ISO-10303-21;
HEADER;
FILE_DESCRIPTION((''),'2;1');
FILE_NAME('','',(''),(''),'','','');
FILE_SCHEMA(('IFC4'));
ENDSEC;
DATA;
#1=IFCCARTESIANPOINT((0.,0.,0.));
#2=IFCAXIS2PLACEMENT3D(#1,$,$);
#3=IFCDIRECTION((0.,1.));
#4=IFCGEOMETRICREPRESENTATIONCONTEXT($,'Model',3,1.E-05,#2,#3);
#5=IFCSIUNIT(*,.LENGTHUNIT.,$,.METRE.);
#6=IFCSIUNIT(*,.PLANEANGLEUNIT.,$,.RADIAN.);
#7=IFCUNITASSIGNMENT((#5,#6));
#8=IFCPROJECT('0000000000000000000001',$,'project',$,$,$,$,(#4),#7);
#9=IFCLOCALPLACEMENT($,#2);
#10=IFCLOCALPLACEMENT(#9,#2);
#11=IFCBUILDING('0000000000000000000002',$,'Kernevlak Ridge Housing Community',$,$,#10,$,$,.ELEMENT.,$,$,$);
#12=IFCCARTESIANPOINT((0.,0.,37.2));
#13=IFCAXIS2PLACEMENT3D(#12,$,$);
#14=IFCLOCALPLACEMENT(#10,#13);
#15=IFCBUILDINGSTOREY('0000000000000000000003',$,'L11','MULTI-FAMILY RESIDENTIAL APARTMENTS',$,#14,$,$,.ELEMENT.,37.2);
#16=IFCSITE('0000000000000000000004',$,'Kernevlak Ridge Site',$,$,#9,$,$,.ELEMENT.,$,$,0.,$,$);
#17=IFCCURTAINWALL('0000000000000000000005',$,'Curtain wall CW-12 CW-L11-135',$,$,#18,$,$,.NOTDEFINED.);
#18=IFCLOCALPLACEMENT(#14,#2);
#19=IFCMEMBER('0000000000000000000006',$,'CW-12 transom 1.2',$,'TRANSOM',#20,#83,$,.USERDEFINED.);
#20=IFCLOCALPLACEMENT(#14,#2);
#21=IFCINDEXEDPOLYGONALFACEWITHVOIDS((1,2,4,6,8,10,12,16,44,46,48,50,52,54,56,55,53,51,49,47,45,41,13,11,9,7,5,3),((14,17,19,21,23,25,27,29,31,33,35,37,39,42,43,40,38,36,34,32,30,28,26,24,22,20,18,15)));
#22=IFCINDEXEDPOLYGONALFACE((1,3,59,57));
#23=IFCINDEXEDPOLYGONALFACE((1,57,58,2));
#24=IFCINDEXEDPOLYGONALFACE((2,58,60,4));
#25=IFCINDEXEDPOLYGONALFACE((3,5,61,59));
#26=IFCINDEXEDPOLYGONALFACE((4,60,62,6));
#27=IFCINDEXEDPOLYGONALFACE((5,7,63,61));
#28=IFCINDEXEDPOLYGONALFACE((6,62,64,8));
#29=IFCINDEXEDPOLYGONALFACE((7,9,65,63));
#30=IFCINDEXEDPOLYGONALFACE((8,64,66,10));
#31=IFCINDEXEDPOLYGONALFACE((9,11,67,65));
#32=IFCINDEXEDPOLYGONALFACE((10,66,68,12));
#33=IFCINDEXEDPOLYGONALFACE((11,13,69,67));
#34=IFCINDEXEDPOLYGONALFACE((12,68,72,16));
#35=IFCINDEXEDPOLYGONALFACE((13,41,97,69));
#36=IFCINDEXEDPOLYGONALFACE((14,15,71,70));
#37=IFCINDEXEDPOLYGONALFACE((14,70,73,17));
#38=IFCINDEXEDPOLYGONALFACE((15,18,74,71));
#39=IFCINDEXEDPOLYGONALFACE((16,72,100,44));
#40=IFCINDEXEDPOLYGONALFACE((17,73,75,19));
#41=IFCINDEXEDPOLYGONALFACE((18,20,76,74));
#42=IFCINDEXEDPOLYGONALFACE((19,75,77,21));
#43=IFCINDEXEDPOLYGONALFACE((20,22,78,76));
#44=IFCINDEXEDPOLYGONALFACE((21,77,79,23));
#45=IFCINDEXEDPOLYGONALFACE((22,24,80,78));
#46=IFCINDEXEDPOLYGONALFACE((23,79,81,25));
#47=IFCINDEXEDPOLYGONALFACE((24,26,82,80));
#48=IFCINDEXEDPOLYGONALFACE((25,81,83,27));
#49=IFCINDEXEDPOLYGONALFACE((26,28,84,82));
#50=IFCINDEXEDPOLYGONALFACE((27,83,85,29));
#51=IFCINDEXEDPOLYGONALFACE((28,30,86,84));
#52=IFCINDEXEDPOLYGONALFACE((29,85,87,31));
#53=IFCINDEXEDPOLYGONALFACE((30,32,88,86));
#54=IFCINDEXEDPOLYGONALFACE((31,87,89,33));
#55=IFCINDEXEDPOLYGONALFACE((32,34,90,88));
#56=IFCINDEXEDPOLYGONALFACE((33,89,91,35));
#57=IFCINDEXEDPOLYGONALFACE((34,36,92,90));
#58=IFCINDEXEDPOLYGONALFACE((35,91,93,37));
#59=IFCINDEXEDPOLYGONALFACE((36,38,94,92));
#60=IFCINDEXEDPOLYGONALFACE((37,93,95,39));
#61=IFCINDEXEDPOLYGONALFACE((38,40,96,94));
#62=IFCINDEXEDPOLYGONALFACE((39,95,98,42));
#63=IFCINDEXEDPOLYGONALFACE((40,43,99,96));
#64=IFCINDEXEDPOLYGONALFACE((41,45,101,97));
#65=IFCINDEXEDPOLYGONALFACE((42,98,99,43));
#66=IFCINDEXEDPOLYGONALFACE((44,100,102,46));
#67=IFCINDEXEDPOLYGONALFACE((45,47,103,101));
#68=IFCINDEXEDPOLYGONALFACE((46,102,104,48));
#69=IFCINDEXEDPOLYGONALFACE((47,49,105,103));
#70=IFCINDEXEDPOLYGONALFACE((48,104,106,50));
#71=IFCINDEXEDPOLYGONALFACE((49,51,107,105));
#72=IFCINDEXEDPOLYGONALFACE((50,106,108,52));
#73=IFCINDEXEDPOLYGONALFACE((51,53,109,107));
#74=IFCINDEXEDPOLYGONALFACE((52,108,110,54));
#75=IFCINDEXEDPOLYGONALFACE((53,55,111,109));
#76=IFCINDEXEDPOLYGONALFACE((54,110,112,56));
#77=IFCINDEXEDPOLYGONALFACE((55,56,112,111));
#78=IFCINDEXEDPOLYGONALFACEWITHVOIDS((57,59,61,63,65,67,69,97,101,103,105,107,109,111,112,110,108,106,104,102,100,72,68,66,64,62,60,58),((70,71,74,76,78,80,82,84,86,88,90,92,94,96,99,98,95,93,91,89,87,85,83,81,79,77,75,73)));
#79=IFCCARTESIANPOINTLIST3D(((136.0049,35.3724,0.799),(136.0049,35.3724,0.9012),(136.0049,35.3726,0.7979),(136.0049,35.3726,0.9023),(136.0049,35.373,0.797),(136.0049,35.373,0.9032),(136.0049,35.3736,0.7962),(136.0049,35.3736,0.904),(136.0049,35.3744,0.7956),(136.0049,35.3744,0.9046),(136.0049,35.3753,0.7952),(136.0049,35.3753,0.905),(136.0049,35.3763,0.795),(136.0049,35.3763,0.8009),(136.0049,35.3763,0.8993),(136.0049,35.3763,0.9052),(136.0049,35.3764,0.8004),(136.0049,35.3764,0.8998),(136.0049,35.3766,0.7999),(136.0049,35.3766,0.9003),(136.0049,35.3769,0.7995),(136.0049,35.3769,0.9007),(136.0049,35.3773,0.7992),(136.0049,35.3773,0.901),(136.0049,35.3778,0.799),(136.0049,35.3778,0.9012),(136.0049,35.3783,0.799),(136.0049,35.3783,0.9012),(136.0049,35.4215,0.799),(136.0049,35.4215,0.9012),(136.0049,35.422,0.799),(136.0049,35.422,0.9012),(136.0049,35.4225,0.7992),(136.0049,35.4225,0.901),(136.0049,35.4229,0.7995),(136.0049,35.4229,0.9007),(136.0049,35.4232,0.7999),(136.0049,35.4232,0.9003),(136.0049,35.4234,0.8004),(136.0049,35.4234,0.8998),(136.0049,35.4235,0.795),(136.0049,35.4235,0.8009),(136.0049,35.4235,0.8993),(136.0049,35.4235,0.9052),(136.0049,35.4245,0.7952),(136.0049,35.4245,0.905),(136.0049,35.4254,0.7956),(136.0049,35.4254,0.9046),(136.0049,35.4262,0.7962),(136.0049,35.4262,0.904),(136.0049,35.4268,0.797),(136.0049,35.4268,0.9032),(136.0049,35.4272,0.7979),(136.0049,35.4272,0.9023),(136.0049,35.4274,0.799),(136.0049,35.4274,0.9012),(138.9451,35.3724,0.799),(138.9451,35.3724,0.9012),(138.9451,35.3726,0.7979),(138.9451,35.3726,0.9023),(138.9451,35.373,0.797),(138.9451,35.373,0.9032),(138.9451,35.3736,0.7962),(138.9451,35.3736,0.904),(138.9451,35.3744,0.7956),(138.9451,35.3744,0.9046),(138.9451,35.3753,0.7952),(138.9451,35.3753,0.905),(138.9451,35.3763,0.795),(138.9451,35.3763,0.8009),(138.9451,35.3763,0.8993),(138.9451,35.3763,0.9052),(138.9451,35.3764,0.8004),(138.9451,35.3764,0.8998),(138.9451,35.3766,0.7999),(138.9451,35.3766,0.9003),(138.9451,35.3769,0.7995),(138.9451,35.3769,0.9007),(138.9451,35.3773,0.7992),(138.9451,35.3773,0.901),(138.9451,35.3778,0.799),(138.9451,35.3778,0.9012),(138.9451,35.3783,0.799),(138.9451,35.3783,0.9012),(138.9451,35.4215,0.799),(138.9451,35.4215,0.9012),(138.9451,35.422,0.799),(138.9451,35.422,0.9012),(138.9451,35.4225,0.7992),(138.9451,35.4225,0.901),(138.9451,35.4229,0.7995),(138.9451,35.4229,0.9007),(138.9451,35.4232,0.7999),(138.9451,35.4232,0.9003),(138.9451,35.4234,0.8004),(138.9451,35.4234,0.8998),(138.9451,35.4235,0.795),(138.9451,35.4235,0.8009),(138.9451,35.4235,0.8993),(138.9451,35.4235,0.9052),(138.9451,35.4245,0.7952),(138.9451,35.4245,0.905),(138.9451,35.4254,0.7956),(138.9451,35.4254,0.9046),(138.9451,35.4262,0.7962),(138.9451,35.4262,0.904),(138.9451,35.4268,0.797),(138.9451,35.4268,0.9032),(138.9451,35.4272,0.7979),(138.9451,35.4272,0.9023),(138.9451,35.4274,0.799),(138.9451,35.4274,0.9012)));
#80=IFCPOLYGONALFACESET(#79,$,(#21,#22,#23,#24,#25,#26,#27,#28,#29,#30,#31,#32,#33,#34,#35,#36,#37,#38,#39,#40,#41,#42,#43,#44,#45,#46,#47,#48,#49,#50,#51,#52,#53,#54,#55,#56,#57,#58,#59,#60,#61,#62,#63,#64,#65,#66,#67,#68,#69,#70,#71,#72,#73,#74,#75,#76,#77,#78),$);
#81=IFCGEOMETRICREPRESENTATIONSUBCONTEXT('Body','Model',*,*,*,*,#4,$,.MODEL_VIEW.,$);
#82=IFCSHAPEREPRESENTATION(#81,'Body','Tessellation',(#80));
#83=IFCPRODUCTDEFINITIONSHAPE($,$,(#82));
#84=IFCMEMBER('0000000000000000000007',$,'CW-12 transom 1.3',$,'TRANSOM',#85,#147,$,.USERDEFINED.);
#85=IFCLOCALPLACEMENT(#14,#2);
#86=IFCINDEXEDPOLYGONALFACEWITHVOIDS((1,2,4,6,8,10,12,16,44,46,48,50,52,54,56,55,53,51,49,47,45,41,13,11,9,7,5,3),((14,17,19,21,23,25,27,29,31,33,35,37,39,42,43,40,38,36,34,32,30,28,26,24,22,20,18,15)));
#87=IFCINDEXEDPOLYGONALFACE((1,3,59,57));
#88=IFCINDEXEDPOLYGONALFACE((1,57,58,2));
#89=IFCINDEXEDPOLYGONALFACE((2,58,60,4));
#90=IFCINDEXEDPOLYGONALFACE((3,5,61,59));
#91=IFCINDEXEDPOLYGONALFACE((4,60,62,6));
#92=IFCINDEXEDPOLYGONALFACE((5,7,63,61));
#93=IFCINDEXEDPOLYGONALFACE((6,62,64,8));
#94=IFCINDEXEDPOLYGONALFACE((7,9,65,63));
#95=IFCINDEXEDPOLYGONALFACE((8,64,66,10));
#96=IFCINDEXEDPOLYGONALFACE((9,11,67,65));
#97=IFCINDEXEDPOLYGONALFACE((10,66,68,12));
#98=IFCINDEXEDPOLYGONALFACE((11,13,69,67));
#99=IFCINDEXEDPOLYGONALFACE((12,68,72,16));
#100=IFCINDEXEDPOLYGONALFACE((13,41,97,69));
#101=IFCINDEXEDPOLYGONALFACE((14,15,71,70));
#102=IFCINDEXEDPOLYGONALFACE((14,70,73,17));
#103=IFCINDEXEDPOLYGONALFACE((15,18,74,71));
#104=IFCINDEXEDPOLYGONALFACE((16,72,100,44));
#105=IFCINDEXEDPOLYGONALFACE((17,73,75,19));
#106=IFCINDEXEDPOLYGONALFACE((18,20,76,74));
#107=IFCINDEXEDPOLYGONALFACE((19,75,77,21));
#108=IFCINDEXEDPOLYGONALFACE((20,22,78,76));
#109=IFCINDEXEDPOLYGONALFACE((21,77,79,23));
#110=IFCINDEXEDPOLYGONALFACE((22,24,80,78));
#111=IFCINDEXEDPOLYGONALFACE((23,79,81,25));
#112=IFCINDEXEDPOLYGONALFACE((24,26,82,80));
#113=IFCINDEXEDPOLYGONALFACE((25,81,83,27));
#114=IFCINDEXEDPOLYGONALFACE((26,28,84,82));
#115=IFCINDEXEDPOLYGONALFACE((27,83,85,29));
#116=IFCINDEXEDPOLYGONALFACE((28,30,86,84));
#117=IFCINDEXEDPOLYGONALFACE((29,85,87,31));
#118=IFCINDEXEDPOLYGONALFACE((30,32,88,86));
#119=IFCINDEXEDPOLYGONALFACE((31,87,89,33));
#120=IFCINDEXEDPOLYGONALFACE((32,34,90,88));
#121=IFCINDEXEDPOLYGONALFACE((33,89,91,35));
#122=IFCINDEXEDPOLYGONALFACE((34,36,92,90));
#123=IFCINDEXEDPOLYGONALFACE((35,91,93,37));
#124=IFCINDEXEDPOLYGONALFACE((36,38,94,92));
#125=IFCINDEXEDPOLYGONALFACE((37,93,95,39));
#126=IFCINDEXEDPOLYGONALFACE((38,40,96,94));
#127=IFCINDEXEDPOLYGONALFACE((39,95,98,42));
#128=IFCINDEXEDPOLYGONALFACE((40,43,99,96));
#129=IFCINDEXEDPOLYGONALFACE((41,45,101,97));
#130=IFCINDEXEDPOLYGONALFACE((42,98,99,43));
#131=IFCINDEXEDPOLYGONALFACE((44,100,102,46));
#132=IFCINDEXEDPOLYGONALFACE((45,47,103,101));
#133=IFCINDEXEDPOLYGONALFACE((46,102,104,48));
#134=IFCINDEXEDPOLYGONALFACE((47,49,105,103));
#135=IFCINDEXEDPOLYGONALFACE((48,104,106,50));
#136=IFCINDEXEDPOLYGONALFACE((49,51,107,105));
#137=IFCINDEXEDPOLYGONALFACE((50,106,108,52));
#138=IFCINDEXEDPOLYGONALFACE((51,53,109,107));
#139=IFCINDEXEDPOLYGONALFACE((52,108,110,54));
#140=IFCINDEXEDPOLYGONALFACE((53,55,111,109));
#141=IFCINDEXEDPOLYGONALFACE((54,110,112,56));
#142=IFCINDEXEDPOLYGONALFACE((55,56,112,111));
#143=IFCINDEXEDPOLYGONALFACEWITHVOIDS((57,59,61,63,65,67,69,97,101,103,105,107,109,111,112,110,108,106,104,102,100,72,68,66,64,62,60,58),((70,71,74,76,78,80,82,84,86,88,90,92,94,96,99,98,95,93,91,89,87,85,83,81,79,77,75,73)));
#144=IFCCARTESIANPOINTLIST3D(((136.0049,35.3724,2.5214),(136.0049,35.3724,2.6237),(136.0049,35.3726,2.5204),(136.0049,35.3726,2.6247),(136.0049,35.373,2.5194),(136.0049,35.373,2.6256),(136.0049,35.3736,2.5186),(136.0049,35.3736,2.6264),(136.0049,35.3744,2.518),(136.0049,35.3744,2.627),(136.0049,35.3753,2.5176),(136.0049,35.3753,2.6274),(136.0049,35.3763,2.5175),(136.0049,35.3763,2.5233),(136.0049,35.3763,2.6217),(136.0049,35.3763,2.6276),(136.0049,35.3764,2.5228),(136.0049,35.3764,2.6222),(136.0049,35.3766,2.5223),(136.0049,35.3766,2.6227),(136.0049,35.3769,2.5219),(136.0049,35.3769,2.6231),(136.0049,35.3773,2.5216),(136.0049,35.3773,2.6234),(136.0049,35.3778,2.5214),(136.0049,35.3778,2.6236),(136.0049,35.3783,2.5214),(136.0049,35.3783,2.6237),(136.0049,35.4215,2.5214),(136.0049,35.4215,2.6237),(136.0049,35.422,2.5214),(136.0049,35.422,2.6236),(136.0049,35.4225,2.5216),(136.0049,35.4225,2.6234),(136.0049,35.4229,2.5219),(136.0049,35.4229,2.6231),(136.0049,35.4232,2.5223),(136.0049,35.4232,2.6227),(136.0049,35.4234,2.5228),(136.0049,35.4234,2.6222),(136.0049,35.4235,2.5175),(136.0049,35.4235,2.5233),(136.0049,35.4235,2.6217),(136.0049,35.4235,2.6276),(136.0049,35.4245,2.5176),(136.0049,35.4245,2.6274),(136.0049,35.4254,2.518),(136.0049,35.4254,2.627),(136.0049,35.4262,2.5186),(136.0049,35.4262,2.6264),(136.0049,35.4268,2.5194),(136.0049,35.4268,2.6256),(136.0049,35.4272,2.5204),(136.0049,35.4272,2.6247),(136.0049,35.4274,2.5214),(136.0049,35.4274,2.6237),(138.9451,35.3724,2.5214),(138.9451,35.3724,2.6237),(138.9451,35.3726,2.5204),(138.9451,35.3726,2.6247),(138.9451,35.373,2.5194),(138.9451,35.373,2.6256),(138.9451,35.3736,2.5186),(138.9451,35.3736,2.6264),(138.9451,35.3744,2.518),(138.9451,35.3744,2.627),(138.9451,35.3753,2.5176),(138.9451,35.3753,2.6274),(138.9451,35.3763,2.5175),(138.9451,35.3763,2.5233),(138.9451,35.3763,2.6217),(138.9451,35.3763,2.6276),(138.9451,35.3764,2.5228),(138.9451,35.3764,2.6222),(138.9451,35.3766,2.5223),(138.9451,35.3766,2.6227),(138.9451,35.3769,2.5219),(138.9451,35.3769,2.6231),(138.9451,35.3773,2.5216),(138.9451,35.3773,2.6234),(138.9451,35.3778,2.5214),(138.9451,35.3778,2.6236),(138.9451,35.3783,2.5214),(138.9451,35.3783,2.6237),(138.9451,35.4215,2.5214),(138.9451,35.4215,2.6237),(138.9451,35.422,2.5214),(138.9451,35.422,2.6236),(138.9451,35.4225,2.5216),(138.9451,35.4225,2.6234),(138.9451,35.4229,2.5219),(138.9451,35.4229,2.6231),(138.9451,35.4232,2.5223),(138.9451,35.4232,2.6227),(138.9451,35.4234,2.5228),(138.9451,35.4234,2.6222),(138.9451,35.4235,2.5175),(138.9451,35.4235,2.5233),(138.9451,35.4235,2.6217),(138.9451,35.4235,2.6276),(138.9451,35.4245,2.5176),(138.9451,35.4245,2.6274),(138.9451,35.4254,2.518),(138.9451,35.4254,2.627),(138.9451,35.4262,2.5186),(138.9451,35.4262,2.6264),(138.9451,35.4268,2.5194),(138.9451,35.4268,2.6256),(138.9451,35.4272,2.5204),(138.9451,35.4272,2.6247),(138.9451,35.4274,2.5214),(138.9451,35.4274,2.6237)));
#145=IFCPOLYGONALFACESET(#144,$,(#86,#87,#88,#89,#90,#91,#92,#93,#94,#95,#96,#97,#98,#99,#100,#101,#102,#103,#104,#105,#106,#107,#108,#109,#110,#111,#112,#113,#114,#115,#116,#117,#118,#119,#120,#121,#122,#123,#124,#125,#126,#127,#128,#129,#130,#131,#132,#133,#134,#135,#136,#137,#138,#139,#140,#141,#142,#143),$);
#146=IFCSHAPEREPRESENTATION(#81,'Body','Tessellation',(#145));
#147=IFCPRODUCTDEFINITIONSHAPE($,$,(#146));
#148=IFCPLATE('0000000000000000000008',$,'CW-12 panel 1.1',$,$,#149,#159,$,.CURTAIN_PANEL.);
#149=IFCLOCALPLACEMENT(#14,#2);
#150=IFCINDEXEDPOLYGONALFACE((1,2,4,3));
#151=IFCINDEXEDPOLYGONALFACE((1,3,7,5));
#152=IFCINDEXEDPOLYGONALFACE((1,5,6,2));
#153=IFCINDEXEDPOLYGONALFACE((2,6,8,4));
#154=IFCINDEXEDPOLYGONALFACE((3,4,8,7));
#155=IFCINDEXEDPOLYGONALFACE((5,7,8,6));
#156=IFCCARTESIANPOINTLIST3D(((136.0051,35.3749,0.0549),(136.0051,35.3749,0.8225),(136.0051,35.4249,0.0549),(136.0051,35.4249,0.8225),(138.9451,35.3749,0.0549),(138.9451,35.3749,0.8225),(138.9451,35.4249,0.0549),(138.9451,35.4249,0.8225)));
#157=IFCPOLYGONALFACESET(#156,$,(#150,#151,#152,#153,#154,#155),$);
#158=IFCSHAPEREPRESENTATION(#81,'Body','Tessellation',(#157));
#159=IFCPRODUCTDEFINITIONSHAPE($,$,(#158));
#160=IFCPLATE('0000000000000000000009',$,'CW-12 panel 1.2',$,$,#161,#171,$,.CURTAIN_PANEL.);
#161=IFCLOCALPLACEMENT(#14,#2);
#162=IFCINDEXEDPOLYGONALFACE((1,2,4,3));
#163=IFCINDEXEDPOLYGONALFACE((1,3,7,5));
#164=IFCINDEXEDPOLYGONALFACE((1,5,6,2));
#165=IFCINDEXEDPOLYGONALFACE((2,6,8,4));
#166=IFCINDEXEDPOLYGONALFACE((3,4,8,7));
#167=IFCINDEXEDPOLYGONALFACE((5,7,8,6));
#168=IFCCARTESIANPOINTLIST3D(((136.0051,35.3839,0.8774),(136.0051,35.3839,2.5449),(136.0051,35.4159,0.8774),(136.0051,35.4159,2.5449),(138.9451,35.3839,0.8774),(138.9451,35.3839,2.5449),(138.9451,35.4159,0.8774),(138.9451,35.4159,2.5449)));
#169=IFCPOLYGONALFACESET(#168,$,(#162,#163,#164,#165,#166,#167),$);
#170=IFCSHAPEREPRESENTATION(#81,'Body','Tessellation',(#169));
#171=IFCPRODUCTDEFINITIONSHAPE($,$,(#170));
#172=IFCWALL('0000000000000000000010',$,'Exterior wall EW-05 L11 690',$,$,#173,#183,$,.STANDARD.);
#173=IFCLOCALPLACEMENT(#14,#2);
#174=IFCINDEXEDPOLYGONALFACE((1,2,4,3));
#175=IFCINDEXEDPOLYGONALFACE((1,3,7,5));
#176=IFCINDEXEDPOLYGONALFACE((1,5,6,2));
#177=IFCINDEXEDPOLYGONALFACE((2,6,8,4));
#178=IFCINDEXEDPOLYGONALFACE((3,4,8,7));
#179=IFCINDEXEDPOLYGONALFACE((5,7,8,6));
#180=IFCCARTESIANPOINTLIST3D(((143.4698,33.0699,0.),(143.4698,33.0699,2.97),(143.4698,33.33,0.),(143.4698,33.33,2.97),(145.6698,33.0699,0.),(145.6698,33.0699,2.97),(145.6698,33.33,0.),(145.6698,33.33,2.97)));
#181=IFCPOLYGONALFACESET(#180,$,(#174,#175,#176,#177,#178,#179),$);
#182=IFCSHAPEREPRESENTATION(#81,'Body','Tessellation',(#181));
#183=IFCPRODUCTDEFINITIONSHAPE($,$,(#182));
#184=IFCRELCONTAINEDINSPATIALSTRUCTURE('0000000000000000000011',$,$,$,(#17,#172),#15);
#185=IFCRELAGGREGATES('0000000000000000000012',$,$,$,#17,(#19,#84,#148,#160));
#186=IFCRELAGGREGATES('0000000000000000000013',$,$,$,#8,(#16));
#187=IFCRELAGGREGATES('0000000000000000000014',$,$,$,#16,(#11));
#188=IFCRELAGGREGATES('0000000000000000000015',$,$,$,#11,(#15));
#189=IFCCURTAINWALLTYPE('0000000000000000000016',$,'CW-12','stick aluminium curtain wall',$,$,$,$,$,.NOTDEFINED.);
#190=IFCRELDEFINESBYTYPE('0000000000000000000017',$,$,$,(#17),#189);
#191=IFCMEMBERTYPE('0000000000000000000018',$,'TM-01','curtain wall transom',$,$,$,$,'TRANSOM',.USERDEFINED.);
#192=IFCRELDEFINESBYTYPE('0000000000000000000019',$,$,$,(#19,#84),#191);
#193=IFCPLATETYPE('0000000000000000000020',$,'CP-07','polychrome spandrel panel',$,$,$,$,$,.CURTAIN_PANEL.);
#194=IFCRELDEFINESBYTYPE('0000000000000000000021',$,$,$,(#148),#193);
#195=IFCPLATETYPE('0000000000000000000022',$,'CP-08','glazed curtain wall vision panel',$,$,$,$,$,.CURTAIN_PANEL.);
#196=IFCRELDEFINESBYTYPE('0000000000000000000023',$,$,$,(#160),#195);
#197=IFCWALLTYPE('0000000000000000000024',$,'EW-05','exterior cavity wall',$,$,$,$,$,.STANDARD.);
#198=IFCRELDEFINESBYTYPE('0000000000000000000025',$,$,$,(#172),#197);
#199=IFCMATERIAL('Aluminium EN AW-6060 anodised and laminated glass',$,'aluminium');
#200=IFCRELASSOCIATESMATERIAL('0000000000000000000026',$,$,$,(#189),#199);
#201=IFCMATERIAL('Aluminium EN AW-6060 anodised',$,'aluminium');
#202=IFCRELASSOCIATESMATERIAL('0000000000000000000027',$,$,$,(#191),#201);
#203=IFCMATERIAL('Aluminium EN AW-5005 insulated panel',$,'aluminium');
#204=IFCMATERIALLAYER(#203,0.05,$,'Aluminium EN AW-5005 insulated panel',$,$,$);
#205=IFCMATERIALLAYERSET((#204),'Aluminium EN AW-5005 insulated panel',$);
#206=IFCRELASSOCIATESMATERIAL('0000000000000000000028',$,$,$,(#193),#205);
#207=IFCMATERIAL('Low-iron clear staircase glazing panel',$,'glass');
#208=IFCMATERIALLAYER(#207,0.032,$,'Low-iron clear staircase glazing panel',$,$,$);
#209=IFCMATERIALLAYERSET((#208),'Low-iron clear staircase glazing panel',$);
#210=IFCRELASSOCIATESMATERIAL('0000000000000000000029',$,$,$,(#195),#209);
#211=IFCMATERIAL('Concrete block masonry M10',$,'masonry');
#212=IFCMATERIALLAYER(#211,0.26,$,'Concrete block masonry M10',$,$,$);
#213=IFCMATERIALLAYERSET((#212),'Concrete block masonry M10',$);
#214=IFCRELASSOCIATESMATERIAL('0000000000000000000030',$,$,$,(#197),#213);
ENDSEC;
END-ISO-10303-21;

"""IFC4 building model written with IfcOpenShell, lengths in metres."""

from ifc_helpers import new_model, si_unit, direction, frame, frame_2d, origin, origin_2d, place, context, subcontext, project, spatial, rectangle, hollow_rectangle, extrude, material, layer, layer_set, material_profile, profile_set, type_object, element, aggregate, save


model = new_model("IFC4")

# Units and contexts
model_context = context("Model", 3, precision=1e-05, world=origin(), true_north=direction((0.0, 1.0)))
body_context = subcontext(model_context, "Body", "Model", "MODEL_VIEW")
ifc_project = project(units=[si_unit("LENGTHUNIT", "METRE"), si_unit("PLANEANGLEUNIT", "RADIAN")], contexts=[model_context])

# Site, building, storey
site_placement = place(None, origin())
site = spatial("IfcSite", under=ifc_project, at=site_placement, Name="Kernevlak Ridge Site", CompositionType="ELEMENT", RefElevation=0.0)
building_placement = place(site_placement, origin())
building = spatial("IfcBuilding", under=site, at=building_placement, Name="Kernevlak Ridge Housing Community", CompositionType="ELEMENT")
storey_placement = place(building_placement, frame((0.0, 0.0, 37.2)))
storey = spatial("IfcBuildingStorey", under=building, at=storey_placement, Name="L11", Description="MULTI-FAMILY RESIDENTIAL APARTMENTS", CompositionType="ELEMENT", Elevation=37.2)

# Curtain wall, members, plates
ifc_material_1 = material(Name="Aluminium EN AW-6060 anodised and laminated glass", Category="aluminium")
curtain_wall_type = type_object("IfcCurtainWallType", Name="CW-12", Description="stick aluminium curtain wall", PredefinedType="NOTDEFINED", material=ifc_material_1)
curtain_wall_placement = place(storey_placement, origin())
curtain_wall = element("IfcCurtainWall", 1, at=curtain_wall_placement, inside=storey, type_object=curtain_wall_type, Name="Curtain wall CW-12 CW-L11-135", PredefinedType="NOTDEFINED")
ifc_material_2 = material(Name="Aluminium EN AW-6060 anodised", Category="aluminium")
ifc_material_profile_1 = material_profile(ifc_material_2, hollow_rectangle(XDim=0.0549, YDim=0.1101, WallThickness=0.0039, InnerFilletRadius=0.002, OuterFilletRadius=0.0039, at=origin_2d()), Name="ALU 55x110x4")
ifc_profile_set_1 = profile_set([ifc_material_profile_1], Name="Aluminium EN AW-6060 anodised")
member_type_1 = type_object("IfcMemberType", Name="TM-01", Description="curtain wall transom", ElementType="TRANSOM", PredefinedType="USERDEFINED", material=ifc_profile_set_1)
member_1_placement = place(storey_placement, frame((136.0049, 35.3999, 0.8501), z_axis=(1.0, 0.0, 0.0), x_axis=(0.0, 1.0, 0.0)))
member_1 = element("IfcMember", 2, at=member_1_placement, type_object=member_type_1, Name="CW-12 transom 1.2", ObjectType="TRANSOM", PredefinedType="USERDEFINED", context=body_context, shape_type="SweptSolid", body=[
    extrude(hollow_rectangle(XDim=0.0549, YDim=0.1101, WallThickness=0.0039, InnerFilletRadius=0.002, OuterFilletRadius=0.0039, at=origin_2d()), origin(), (0.0, 0.0, 1.0), 2.9402),
])
member_2_placement = place(storey_placement, frame((136.0049, 35.3999, 2.5725), z_axis=(1.0, 0.0, 0.0), x_axis=(0.0, 1.0, 0.0)))
member_2 = element("IfcMember", 3, at=member_2_placement, type_object=member_type_1, Name="CW-12 transom 1.3", ObjectType="TRANSOM", PredefinedType="USERDEFINED", context=body_context, shape_type="SweptSolid", body=[
    extrude(hollow_rectangle(XDim=0.0549, YDim=0.1101, WallThickness=0.0039, InnerFilletRadius=0.002, OuterFilletRadius=0.0039, at=origin_2d()), origin(), (0.0, 0.0, 1.0), 2.9402),
])
ifc_material_3 = material(Name="Aluminium EN AW-5005 insulated panel", Category="aluminium")
ifc_layer_1 = layer(ifc_material_3, 0.05, Name="Aluminium EN AW-5005 insulated panel")
ifc_layer_set_1 = layer_set([ifc_layer_1], Name="Aluminium EN AW-5005 insulated panel")
plate_type_1 = type_object("IfcPlateType", Name="CP-07", Description="polychrome spandrel panel", PredefinedType="CURTAIN_PANEL", material=ifc_layer_set_1)
plate_1_placement = place(storey_placement, frame((137.4751, 35.3999, 0.0549), z_axis=(0.0, 0.0, 1.0), x_axis=(1.0, 0.0, 0.0)))
plate_1 = element("IfcPlate", 4, at=plate_1_placement, type_object=plate_type_1, Name="CW-12 panel 1.1", PredefinedType="CURTAIN_PANEL", context=body_context, shape_type="SweptSolid", body=[
    extrude(rectangle(XDim=2.9399, YDim=0.05, at=origin_2d()), origin(), (0.0, 0.0, 1.0), 0.7676),
])
ifc_material_4 = material(Name="Low-iron clear staircase glazing panel", Category="glass")
ifc_layer_2 = layer(ifc_material_4, 0.032, Name="Low-iron clear staircase glazing panel")
ifc_layer_set_2 = layer_set([ifc_layer_2], Name="Low-iron clear staircase glazing panel")
plate_type_2 = type_object("IfcPlateType", Name="CP-08", Description="glazed curtain wall vision panel", PredefinedType="CURTAIN_PANEL", material=ifc_layer_set_2)
plate_2_placement = place(storey_placement, frame((137.4751, 35.3999, 0.8774), z_axis=(0.0, 0.0, 1.0), x_axis=(1.0, 0.0, 0.0)))
plate_2 = element("IfcPlate", 5, at=plate_2_placement, type_object=plate_type_2, Name="CW-12 panel 1.2", PredefinedType="CURTAIN_PANEL", context=body_context, shape_type="SweptSolid", body=[
    extrude(rectangle(XDim=2.9399, YDim=0.032, at=origin_2d()), origin(), (0.0, 0.0, 1.0), 1.6675),
])
aggregate(curtain_wall, [member_1, member_2, plate_1, plate_2])

# Wall
ifc_material_5 = material(Name="Concrete block masonry M10", Category="masonry")
ifc_layer_3 = layer(ifc_material_5, 0.26, Name="Concrete block masonry M10")
ifc_layer_set_3 = layer_set([ifc_layer_3], Name="Concrete block masonry M10")
wall_type_1 = type_object("IfcWallType", Name="EW-05", Description="exterior cavity wall", PredefinedType="STANDARD", material=ifc_layer_set_3)
wall_1_placement = place(storey_placement, frame((145.6699, 33.2, 0.0), z_axis=(0.0, 0.0, 1.0), x_axis=(-1.0, 0.0, 0.0)))
element("IfcWall", 6, at=wall_1_placement, inside=storey, type_object=wall_type_1, Name="Exterior wall EW-05 L11 690", PredefinedType="STANDARD", context=body_context, shape_type="SweptSolid", body=[
    extrude(rectangle(XDim=2.2, YDim=0.26, at=frame_2d((1.1001, 0.0))), origin(), (0.0, 0.0, 1.0), 2.97),
])

save(model, "model.ifc")
